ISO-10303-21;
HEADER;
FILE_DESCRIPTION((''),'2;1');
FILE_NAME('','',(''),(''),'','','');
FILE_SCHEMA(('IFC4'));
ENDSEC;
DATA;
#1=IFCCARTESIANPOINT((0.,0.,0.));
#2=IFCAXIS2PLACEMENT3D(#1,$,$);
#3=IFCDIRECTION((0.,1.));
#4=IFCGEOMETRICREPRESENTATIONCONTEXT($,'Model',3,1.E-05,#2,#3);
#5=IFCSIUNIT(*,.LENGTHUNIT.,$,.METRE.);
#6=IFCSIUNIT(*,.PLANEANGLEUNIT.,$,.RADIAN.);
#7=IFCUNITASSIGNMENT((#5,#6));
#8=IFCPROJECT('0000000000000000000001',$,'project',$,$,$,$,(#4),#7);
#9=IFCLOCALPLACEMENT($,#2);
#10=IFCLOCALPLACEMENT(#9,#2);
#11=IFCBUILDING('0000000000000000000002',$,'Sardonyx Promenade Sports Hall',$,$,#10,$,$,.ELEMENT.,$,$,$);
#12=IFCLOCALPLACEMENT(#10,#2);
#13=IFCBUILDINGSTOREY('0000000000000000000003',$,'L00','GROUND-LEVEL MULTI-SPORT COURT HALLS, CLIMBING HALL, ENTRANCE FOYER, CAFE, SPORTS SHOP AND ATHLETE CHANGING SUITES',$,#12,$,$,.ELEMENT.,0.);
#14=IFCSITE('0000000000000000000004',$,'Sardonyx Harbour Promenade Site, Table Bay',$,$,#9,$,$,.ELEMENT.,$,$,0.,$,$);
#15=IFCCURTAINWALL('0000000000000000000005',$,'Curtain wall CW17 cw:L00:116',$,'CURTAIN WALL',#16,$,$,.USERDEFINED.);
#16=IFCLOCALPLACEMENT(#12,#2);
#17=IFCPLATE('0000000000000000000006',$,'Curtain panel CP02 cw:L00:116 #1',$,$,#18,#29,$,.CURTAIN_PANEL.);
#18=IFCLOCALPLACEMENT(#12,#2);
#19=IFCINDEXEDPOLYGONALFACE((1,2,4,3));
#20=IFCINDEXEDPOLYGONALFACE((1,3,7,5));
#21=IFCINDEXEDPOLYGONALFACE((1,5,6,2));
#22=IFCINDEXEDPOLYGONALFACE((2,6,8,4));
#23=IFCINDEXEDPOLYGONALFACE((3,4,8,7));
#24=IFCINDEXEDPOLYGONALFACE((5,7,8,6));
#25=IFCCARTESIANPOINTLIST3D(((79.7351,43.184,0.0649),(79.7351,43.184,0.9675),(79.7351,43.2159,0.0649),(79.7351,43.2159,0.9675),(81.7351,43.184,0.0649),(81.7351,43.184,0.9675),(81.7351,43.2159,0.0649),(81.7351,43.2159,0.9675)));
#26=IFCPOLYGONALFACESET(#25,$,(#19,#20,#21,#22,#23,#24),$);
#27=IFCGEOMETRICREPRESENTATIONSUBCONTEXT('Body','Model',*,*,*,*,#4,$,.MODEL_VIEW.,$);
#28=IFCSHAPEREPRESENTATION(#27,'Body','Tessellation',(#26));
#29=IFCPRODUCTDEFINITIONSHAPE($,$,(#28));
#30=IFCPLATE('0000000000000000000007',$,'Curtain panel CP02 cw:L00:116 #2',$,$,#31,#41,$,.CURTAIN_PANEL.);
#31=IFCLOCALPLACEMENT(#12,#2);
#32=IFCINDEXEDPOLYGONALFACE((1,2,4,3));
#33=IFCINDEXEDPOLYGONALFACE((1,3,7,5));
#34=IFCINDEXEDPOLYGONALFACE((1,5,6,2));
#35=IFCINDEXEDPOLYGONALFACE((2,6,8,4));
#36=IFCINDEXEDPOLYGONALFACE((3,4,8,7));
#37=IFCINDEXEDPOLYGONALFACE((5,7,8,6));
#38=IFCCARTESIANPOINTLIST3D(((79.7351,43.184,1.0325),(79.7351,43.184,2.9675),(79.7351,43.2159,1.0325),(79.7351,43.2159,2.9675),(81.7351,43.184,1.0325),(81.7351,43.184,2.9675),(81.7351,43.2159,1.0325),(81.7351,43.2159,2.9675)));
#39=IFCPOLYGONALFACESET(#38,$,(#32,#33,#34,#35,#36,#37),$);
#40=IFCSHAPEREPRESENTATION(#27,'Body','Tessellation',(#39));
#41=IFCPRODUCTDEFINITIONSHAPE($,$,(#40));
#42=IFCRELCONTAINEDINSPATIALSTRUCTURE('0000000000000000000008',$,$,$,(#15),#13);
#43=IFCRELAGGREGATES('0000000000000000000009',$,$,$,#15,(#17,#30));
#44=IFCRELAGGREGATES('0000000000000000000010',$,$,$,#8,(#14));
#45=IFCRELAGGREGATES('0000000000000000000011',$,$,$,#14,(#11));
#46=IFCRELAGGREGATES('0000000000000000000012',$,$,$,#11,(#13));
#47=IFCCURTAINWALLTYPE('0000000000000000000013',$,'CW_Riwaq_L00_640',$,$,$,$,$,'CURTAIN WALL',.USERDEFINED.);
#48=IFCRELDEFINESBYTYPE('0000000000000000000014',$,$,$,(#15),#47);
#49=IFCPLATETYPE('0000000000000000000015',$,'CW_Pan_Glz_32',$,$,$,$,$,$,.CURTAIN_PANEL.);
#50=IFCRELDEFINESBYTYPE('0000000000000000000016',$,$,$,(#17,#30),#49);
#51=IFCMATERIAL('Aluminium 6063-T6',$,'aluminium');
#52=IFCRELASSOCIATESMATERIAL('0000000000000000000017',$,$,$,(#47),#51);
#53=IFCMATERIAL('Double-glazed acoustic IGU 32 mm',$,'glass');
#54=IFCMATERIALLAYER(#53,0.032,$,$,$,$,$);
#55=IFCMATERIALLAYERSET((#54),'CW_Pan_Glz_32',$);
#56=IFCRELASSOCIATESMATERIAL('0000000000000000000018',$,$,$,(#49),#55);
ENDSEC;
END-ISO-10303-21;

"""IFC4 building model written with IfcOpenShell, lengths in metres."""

from ifc_helpers import new_model, si_unit, direction, frame, origin, origin_2d, place, context, subcontext, project, spatial, rectangle, extrude, material, layer, layer_set, type_object, element, aggregate, save


model = new_model("IFC4")

# Units and contexts
model_context = context("Model", 3, precision=1e-05, world=origin(), true_north=direction((0.0, 1.0)))
body_context = subcontext(model_context, "Body", "Model", "MODEL_VIEW")
ifc_project = project(units=[si_unit("LENGTHUNIT", "METRE"), si_unit("PLANEANGLEUNIT", "RADIAN")], contexts=[model_context])

# Site, building, storey
site_placement = place(None, origin())
site = spatial("IfcSite", under=ifc_project, at=site_placement, Name="Sardonyx Harbour Promenade Site, Table Bay", CompositionType="ELEMENT", RefElevation=0.0)
building_placement = place(site_placement, origin())
building = spatial("IfcBuilding", under=site, at=building_placement, Name="Sardonyx Promenade Sports Hall", CompositionType="ELEMENT")
storey_placement = place(building_placement, origin())
storey = spatial("IfcBuildingStorey", under=building, at=storey_placement, Name="L00", Description="GROUND-LEVEL MULTI-SPORT COURT HALLS, CLIMBING HALL, ENTRANCE FOYER, CAFE, SPORTS SHOP AND ATHLETE CHANGING SUITES", CompositionType="ELEMENT", Elevation=0.0)

# Shared definitions
ifc_material_1 = material(Name="Aluminium 6063-T6", Category="aluminium")
curtain_wall_type = type_object("IfcCurtainWallType", Name="CW_Riwaq_L00_640", ElementType="CURTAIN WALL", PredefinedType="USERDEFINED", material=ifc_material_1)

# Curtain wall
curtain_wall_1_placement = place(storey_placement, origin())
curtain_wall_1 = element("IfcCurtainWall", 1, at=curtain_wall_1_placement, inside=storey, type_object=curtain_wall_type, Name="Curtain wall CW17 cw:L00:116", ObjectType="CURTAIN WALL", PredefinedType="USERDEFINED")

# Plates
ifc_material_2 = material(Name="Double-glazed acoustic IGU 32 mm", Category="glass")
ifc_layer = layer(ifc_material_2, 0.032)
ifc_layer_set = layer_set([ifc_layer], Name="CW_Pan_Glz_32")
plate_type = type_object("IfcPlateType", Name="CW_Pan_Glz_32", PredefinedType="CURTAIN_PANEL", material=ifc_layer_set)
plate_1_placement = place(storey_placement, frame((80.7351, 43.2, 0.0649), z_axis=(0.0, 0.0, 1.0), x_axis=(1.0, 0.0, 0.0)))
plate_1 = element("IfcPlate", 2, at=plate_1_placement, type_object=plate_type, Name="Curtain panel CP02 cw:L00:116 #1", PredefinedType="CURTAIN_PANEL", context=body_context, shape_type="SweptSolid", body=[
    extrude(rectangle(XDim=2.0, YDim=0.032, at=origin_2d()), origin(), (0.0, 0.0, 1.0), 0.9026),
])
plate_2_placement = place(storey_placement, frame((80.7351, 43.2, 1.0325), z_axis=(0.0, 0.0, 1.0), x_axis=(1.0, 0.0, 0.0)))
plate_2 = element("IfcPlate", 3, at=plate_2_placement, type_object=plate_type, Name="Curtain panel CP02 cw:L00:116 #2", PredefinedType="CURTAIN_PANEL", context=body_context, shape_type="SweptSolid", body=[
    extrude(rectangle(XDim=2.0, YDim=0.032, at=origin_2d()), origin(), (0.0, 0.0, 1.0), 1.9351),
])
aggregate(curtain_wall_1, [plate_1, plate_2])

save(model, "model.ifc")
